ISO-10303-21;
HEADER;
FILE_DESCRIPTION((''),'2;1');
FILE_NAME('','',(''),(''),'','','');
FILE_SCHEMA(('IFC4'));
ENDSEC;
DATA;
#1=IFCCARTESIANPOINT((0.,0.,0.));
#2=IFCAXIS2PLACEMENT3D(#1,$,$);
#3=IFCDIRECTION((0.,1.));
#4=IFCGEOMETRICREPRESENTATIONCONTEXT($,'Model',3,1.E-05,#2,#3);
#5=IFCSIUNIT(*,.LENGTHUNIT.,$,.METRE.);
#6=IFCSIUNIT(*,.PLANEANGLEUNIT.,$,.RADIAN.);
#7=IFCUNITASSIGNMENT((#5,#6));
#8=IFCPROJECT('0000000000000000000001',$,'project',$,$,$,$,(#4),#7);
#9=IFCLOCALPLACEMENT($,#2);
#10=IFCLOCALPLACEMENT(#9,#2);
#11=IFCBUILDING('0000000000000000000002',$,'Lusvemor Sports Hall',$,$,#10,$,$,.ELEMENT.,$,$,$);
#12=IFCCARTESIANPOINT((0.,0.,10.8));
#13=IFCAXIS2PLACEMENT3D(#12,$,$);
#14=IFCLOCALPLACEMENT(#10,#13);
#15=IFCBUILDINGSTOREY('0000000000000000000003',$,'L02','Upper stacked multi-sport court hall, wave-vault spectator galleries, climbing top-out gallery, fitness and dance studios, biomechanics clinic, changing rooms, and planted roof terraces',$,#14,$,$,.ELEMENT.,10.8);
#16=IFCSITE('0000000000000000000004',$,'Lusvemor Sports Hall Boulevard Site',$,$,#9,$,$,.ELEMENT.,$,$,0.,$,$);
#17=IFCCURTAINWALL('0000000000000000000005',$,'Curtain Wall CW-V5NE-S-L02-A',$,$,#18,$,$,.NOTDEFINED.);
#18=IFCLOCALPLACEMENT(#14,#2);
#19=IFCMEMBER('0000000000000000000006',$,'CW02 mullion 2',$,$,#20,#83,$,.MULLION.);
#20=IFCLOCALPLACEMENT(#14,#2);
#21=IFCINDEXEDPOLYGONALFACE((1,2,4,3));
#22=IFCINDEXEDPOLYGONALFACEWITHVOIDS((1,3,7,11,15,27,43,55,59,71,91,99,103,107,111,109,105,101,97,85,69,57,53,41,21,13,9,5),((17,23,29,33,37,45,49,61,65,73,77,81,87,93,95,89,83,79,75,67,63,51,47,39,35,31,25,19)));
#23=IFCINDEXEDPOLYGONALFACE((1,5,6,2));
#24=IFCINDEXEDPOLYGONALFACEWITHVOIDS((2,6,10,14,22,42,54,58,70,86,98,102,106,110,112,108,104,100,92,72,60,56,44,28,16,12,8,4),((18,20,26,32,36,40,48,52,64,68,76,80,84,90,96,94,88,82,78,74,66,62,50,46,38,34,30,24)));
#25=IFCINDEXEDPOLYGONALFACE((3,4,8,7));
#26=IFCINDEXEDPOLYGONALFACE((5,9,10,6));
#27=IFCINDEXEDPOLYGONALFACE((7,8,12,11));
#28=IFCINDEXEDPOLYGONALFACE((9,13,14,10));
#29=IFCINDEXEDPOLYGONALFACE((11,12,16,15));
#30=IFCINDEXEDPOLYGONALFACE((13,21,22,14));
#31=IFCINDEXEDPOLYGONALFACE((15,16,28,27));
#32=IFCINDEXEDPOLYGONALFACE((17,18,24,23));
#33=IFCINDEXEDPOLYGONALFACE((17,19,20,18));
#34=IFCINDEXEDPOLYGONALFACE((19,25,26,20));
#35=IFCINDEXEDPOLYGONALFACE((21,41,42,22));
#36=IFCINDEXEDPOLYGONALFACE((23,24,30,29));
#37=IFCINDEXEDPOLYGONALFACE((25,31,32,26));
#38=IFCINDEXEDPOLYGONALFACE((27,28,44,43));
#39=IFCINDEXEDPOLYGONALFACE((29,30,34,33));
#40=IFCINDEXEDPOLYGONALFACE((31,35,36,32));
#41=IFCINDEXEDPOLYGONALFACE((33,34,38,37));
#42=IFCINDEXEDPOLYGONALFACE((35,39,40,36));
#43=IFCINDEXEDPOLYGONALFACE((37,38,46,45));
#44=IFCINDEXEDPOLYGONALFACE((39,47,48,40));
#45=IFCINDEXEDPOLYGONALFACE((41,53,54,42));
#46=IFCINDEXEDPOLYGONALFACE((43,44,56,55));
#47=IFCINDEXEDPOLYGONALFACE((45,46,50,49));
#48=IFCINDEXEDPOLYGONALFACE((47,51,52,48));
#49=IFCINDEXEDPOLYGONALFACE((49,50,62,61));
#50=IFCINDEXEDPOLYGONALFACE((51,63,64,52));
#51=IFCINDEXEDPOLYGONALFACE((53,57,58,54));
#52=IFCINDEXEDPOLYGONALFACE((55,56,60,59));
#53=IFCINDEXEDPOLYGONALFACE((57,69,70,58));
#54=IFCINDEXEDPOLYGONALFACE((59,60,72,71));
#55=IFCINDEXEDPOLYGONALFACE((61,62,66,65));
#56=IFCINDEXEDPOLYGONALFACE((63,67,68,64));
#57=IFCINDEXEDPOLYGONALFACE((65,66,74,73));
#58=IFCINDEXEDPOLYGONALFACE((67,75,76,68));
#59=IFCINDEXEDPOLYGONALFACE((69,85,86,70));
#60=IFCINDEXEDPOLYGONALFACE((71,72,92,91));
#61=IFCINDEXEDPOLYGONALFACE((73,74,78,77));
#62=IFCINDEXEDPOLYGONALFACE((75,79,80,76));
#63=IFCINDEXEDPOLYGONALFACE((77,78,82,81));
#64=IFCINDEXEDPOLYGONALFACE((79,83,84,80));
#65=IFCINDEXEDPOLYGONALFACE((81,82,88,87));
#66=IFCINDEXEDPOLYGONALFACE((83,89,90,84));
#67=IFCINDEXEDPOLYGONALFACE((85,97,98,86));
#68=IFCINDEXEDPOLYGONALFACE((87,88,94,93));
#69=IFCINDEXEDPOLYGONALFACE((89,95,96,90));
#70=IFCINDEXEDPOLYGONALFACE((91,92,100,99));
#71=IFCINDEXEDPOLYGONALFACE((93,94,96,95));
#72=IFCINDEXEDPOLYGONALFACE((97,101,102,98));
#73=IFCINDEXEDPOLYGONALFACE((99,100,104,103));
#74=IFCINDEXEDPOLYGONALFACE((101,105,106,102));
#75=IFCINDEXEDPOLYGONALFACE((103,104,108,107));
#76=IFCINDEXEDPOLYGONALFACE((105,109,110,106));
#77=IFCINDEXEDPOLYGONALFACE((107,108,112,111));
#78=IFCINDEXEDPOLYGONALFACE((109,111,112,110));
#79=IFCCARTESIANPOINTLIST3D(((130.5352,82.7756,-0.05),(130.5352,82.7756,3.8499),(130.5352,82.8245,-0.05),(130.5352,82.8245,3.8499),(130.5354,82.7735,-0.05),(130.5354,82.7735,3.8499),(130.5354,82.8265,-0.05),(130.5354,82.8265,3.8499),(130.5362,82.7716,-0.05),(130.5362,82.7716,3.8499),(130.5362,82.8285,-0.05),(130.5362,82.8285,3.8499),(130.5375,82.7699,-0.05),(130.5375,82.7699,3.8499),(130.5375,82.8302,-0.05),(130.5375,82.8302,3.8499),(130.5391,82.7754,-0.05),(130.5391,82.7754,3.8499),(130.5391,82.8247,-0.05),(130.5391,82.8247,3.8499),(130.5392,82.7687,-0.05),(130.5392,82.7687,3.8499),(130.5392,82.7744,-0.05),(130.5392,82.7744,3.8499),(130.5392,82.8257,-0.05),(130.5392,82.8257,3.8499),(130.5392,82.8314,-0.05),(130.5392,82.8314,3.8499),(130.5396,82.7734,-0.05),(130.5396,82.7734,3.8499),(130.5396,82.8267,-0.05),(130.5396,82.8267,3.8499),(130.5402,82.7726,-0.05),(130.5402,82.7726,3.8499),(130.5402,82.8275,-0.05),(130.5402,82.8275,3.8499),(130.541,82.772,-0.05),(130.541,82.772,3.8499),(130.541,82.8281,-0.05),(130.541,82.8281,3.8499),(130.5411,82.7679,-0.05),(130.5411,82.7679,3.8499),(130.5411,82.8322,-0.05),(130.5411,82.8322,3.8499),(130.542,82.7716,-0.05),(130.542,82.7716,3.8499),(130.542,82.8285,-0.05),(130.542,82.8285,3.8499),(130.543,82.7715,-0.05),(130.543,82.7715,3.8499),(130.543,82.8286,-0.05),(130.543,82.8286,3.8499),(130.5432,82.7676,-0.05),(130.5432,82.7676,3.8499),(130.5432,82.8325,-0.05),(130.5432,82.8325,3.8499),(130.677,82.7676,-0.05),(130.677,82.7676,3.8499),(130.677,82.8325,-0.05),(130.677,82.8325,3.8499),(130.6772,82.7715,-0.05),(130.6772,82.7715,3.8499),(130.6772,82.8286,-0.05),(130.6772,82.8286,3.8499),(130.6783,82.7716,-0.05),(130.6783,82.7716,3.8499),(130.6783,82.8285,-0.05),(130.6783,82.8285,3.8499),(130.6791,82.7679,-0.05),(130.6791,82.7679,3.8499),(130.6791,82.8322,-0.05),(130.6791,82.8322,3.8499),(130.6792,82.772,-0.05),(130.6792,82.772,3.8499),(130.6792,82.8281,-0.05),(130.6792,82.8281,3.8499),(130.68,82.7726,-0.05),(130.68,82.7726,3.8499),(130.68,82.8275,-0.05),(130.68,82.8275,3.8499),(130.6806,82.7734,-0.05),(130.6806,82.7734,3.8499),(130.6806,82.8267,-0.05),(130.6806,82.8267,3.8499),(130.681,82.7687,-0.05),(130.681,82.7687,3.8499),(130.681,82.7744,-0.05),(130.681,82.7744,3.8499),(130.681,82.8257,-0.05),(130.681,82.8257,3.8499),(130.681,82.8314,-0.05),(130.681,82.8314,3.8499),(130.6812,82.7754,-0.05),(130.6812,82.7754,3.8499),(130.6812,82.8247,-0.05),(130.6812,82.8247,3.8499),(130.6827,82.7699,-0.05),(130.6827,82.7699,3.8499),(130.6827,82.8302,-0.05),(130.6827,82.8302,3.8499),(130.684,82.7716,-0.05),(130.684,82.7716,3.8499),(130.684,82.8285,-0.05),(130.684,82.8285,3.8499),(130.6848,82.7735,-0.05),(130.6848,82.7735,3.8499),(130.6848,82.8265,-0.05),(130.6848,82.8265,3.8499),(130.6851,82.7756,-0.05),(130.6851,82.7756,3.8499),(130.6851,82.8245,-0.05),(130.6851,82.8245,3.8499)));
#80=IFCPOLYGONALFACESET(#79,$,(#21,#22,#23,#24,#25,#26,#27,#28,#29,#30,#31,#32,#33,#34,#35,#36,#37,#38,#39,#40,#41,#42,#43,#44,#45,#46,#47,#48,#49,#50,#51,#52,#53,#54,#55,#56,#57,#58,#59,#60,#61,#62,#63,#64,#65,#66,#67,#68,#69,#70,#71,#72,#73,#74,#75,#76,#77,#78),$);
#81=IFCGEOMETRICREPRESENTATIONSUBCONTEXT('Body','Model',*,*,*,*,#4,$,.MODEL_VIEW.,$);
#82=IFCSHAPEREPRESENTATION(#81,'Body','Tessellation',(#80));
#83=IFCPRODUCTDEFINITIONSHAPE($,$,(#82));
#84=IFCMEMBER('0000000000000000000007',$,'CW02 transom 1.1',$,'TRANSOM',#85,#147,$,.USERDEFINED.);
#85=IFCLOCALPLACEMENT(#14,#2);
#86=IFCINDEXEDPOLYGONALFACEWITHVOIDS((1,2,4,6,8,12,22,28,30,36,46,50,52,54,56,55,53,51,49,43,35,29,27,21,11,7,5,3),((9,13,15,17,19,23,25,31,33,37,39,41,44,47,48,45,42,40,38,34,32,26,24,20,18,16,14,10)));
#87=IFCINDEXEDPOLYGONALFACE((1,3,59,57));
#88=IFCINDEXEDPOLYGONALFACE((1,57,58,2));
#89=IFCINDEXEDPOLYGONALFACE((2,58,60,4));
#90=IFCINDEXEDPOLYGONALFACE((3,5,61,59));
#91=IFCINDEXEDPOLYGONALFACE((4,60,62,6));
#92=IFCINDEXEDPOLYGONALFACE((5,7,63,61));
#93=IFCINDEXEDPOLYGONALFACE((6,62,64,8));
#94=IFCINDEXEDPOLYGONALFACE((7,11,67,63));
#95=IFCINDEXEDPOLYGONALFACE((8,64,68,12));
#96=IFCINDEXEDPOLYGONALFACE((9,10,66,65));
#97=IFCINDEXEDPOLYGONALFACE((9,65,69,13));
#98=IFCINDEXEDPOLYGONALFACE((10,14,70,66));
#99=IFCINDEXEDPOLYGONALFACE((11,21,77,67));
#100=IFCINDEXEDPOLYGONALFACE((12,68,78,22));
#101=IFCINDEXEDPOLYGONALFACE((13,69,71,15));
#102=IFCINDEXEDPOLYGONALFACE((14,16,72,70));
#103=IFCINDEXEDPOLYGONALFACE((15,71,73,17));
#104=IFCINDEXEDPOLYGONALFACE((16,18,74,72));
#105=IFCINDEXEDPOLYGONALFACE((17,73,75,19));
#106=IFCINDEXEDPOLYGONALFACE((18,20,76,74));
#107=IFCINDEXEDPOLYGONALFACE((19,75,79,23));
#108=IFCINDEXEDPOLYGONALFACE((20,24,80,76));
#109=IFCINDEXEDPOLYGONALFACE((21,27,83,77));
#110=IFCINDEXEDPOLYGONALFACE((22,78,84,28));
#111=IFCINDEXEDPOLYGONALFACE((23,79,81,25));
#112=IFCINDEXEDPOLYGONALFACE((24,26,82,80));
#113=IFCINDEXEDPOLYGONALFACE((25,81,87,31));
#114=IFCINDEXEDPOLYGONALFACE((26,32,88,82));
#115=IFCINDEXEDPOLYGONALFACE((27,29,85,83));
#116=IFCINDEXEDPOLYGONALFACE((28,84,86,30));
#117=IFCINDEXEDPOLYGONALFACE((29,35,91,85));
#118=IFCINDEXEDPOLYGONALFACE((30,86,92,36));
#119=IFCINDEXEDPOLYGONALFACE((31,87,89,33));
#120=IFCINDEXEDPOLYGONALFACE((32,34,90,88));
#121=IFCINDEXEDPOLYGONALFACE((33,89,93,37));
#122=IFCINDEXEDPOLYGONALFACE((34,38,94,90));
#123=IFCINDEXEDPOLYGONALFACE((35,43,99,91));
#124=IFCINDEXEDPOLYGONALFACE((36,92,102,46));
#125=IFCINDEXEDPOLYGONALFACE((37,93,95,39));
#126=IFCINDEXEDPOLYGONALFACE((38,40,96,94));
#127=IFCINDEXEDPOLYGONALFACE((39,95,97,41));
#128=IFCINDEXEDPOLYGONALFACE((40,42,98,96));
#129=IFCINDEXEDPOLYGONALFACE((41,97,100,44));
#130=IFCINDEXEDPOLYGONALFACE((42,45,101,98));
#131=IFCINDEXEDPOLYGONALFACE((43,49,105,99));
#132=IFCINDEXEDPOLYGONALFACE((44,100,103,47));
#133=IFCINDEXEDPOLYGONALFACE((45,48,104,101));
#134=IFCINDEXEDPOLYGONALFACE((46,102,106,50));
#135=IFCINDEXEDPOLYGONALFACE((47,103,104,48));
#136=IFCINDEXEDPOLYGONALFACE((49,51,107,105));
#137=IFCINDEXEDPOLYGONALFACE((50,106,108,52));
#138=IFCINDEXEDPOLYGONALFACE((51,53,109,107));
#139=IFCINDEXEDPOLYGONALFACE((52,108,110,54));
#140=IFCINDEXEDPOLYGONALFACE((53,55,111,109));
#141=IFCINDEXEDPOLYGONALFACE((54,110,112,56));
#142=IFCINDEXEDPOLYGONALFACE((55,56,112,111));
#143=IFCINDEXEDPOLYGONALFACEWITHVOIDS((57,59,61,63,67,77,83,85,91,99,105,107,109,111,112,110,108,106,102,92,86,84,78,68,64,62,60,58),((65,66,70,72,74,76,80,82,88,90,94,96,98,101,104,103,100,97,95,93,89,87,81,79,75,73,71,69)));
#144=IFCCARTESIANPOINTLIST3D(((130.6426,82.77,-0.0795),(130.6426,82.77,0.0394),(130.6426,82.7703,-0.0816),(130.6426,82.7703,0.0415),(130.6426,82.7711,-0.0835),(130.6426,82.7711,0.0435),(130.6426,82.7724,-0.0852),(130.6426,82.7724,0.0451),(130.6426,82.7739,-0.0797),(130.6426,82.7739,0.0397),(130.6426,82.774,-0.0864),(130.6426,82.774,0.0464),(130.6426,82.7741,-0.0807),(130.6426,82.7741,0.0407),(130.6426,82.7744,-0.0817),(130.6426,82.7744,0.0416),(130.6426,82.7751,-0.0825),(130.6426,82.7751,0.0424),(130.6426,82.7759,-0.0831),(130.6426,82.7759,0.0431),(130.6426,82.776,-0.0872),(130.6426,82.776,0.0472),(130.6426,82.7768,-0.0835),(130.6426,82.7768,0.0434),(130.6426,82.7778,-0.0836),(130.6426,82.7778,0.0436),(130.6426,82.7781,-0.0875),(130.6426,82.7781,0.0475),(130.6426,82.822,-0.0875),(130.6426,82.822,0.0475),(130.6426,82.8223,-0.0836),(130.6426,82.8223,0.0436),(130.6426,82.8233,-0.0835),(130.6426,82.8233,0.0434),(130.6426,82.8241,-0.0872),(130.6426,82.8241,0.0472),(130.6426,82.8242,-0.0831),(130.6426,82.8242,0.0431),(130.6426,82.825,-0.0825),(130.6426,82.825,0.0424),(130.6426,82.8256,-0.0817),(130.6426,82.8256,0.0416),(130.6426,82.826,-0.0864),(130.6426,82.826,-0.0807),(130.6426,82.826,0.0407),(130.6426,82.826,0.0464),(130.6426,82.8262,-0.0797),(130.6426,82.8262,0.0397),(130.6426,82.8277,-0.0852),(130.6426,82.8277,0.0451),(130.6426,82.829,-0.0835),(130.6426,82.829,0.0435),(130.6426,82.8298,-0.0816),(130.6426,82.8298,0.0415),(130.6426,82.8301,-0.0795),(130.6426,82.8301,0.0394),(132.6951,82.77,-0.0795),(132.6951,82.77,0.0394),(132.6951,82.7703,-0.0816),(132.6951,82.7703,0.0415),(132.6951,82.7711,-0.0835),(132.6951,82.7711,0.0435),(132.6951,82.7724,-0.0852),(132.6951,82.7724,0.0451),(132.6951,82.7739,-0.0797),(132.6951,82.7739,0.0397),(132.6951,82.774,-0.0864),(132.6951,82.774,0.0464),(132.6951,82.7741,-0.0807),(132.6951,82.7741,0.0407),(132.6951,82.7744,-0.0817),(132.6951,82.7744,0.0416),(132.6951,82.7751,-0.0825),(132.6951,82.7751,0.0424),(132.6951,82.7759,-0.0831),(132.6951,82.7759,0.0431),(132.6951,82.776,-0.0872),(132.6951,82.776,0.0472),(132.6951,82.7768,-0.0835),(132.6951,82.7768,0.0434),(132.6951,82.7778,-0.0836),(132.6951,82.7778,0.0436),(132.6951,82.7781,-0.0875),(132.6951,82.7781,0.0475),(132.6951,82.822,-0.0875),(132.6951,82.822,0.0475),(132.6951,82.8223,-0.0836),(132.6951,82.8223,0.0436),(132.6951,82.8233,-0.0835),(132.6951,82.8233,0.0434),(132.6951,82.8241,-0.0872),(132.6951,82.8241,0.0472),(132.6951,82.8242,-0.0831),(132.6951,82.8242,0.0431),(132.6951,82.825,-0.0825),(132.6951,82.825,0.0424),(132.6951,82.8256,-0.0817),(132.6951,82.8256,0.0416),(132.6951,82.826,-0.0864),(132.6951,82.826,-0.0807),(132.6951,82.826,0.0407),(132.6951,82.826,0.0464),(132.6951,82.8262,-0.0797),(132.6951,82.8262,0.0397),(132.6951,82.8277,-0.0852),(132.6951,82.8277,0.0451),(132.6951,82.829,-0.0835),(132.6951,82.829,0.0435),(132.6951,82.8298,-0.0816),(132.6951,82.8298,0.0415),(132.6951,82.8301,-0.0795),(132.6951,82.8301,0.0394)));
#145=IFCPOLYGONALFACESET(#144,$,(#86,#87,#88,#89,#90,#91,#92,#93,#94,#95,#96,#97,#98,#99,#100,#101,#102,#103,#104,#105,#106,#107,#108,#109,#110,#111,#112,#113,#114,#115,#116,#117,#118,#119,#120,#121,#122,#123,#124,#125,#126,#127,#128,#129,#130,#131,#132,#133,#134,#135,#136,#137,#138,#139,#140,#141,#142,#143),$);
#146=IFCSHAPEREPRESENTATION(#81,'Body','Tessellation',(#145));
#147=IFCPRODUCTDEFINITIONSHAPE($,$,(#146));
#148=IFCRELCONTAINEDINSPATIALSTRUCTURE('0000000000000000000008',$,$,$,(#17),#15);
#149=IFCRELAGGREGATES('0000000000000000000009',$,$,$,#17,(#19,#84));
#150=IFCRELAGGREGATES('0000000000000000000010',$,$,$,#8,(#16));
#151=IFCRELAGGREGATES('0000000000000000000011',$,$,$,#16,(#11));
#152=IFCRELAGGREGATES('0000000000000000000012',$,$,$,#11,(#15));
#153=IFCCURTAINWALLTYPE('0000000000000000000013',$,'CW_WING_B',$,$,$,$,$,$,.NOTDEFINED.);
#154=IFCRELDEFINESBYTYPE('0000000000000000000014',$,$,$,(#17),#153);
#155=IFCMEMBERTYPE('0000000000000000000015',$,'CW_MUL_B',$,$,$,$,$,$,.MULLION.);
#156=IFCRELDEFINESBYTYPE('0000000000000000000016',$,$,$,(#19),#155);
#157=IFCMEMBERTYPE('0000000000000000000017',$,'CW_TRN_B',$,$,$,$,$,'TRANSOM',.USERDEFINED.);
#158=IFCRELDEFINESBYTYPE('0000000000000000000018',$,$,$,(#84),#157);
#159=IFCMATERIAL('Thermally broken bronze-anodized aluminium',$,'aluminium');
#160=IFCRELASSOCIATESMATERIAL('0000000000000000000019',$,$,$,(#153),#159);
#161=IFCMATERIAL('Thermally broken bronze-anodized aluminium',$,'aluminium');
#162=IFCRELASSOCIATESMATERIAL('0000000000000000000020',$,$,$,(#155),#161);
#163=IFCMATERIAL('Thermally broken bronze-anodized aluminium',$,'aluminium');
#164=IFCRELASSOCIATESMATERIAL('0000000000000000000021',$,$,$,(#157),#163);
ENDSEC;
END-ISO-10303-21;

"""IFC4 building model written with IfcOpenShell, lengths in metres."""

from ifc_helpers import new_model, si_unit, direction, frame, origin, origin_2d, place, context, subcontext, project, spatial, hollow_rectangle, extrude, material, material_profile, profile_set, type_object, element, aggregate, save


model = new_model("IFC4")

# Units and contexts
model_context = context("Model", 3, precision=1e-05, world=origin(), true_north=direction((0.0, 1.0)))
body_context = subcontext(model_context, "Body", "Model", "MODEL_VIEW")
ifc_project = project(units=[si_unit("LENGTHUNIT", "METRE"), si_unit("PLANEANGLEUNIT", "RADIAN")], contexts=[model_context])

# Site, building, storey
site_placement = place(None, origin())
site = spatial("IfcSite", under=ifc_project, at=site_placement, Name="Lusvemor Sports Hall Boulevard Site", CompositionType="ELEMENT", RefElevation=0.0)
building_placement = place(site_placement, origin())
building = spatial("IfcBuilding", under=site, at=building_placement, Name="Lusvemor Sports Hall", CompositionType="ELEMENT")
storey_placement = place(building_placement, frame((0.0, 0.0, 10.8)))
storey = spatial("IfcBuildingStorey", under=building, at=storey_placement, Name="L02", Description="Upper stacked multi-sport court hall, wave-vault spectator galleries, climbing top-out gallery, fitness and dance studios, biomechanics clinic, changing rooms, and planted roof terraces", CompositionType="ELEMENT", Elevation=10.8)

# Curtain wall, members
ifc_material_1 = material(Name="Thermally broken bronze-anodized aluminium", Category="aluminium")
curtain_wall_type = type_object("IfcCurtainWallType", Name="CW_WING_B", PredefinedType="NOTDEFINED", material=ifc_material_1)
curtain_wall_placement = place(storey_placement, origin())
curtain_wall = element("IfcCurtainWall", 1, at=curtain_wall_placement, inside=storey, type_object=curtain_wall_type, Name="Curtain Wall CW-V5NE-S-L02-A", PredefinedType="NOTDEFINED")
ifc_material_2 = material(Name="Thermally broken bronze-anodized aluminium", Category="aluminium")
ifc_material_profile_1 = material_profile(ifc_material_2, hollow_rectangle(XDim=0.0649, YDim=0.1499, WallThickness=0.0039, InnerFilletRadius=0.0039, OuterFilletRadius=0.0081, at=origin_2d()), Name="CWMUL150x65x4")
ifc_profile_set_1 = profile_set([ifc_material_profile_1], Name="Thermally broken bronze-anodized aluminium")
member_type_1 = type_object("IfcMemberType", Name="CW_MUL_B", PredefinedType="MULLION", material=ifc_profile_set_1)
member_1_placement = place(storey_placement, frame((130.6101, 82.8, -0.05), z_axis=(0.0, 0.0, 1.0), x_axis=(0.0, -1.0, 0.0)))
member_1 = element("IfcMember", 2, at=member_1_placement, type_object=member_type_1, Name="CW02 mullion 2", PredefinedType="MULLION", context=body_context, shape_type="SweptSolid", body=[
    extrude(hollow_rectangle(XDim=0.0649, YDim=0.1499, WallThickness=0.0039, InnerFilletRadius=0.0039, OuterFilletRadius=0.0081, at=origin_2d()), origin(), (0.0, 0.0, 1.0), 3.8999),
])
ifc_material_3 = material(Name="Thermally broken bronze-anodized aluminium", Category="aluminium")
ifc_material_profile_2 = material_profile(ifc_material_3, hollow_rectangle(XDim=0.0601, YDim=0.135, WallThickness=0.0039, InnerFilletRadius=0.0039, OuterFilletRadius=0.0081, at=origin_2d()), Name="CWTRN135x60x4")
ifc_profile_set_2 = profile_set([ifc_material_profile_2], Name="Thermally broken bronze-anodized aluminium")
member_type_2 = type_object("IfcMemberType", Name="CW_TRN_B", ElementType="TRANSOM", PredefinedType="USERDEFINED", material=ifc_profile_set_2)
member_2_placement = place(storey_placement, frame((132.6951, 82.8, -0.02), z_axis=(-1.0, 0.0, 0.0), x_axis=(0.0, -1.0, 0.0)))
member_2 = element("IfcMember", 3, at=member_2_placement, type_object=member_type_2, Name="CW02 transom 1.1", ObjectType="TRANSOM", PredefinedType="USERDEFINED", context=body_context, shape_type="SweptSolid", body=[
    extrude(hollow_rectangle(XDim=0.0601, YDim=0.135, WallThickness=0.0039, InnerFilletRadius=0.0039, OuterFilletRadius=0.0081, at=origin_2d()), origin(), (0.0, 0.0, 1.0), 2.0525),
])

aggregate(curtain_wall, [member_1, member_2])

save(model, "model.ifc")
